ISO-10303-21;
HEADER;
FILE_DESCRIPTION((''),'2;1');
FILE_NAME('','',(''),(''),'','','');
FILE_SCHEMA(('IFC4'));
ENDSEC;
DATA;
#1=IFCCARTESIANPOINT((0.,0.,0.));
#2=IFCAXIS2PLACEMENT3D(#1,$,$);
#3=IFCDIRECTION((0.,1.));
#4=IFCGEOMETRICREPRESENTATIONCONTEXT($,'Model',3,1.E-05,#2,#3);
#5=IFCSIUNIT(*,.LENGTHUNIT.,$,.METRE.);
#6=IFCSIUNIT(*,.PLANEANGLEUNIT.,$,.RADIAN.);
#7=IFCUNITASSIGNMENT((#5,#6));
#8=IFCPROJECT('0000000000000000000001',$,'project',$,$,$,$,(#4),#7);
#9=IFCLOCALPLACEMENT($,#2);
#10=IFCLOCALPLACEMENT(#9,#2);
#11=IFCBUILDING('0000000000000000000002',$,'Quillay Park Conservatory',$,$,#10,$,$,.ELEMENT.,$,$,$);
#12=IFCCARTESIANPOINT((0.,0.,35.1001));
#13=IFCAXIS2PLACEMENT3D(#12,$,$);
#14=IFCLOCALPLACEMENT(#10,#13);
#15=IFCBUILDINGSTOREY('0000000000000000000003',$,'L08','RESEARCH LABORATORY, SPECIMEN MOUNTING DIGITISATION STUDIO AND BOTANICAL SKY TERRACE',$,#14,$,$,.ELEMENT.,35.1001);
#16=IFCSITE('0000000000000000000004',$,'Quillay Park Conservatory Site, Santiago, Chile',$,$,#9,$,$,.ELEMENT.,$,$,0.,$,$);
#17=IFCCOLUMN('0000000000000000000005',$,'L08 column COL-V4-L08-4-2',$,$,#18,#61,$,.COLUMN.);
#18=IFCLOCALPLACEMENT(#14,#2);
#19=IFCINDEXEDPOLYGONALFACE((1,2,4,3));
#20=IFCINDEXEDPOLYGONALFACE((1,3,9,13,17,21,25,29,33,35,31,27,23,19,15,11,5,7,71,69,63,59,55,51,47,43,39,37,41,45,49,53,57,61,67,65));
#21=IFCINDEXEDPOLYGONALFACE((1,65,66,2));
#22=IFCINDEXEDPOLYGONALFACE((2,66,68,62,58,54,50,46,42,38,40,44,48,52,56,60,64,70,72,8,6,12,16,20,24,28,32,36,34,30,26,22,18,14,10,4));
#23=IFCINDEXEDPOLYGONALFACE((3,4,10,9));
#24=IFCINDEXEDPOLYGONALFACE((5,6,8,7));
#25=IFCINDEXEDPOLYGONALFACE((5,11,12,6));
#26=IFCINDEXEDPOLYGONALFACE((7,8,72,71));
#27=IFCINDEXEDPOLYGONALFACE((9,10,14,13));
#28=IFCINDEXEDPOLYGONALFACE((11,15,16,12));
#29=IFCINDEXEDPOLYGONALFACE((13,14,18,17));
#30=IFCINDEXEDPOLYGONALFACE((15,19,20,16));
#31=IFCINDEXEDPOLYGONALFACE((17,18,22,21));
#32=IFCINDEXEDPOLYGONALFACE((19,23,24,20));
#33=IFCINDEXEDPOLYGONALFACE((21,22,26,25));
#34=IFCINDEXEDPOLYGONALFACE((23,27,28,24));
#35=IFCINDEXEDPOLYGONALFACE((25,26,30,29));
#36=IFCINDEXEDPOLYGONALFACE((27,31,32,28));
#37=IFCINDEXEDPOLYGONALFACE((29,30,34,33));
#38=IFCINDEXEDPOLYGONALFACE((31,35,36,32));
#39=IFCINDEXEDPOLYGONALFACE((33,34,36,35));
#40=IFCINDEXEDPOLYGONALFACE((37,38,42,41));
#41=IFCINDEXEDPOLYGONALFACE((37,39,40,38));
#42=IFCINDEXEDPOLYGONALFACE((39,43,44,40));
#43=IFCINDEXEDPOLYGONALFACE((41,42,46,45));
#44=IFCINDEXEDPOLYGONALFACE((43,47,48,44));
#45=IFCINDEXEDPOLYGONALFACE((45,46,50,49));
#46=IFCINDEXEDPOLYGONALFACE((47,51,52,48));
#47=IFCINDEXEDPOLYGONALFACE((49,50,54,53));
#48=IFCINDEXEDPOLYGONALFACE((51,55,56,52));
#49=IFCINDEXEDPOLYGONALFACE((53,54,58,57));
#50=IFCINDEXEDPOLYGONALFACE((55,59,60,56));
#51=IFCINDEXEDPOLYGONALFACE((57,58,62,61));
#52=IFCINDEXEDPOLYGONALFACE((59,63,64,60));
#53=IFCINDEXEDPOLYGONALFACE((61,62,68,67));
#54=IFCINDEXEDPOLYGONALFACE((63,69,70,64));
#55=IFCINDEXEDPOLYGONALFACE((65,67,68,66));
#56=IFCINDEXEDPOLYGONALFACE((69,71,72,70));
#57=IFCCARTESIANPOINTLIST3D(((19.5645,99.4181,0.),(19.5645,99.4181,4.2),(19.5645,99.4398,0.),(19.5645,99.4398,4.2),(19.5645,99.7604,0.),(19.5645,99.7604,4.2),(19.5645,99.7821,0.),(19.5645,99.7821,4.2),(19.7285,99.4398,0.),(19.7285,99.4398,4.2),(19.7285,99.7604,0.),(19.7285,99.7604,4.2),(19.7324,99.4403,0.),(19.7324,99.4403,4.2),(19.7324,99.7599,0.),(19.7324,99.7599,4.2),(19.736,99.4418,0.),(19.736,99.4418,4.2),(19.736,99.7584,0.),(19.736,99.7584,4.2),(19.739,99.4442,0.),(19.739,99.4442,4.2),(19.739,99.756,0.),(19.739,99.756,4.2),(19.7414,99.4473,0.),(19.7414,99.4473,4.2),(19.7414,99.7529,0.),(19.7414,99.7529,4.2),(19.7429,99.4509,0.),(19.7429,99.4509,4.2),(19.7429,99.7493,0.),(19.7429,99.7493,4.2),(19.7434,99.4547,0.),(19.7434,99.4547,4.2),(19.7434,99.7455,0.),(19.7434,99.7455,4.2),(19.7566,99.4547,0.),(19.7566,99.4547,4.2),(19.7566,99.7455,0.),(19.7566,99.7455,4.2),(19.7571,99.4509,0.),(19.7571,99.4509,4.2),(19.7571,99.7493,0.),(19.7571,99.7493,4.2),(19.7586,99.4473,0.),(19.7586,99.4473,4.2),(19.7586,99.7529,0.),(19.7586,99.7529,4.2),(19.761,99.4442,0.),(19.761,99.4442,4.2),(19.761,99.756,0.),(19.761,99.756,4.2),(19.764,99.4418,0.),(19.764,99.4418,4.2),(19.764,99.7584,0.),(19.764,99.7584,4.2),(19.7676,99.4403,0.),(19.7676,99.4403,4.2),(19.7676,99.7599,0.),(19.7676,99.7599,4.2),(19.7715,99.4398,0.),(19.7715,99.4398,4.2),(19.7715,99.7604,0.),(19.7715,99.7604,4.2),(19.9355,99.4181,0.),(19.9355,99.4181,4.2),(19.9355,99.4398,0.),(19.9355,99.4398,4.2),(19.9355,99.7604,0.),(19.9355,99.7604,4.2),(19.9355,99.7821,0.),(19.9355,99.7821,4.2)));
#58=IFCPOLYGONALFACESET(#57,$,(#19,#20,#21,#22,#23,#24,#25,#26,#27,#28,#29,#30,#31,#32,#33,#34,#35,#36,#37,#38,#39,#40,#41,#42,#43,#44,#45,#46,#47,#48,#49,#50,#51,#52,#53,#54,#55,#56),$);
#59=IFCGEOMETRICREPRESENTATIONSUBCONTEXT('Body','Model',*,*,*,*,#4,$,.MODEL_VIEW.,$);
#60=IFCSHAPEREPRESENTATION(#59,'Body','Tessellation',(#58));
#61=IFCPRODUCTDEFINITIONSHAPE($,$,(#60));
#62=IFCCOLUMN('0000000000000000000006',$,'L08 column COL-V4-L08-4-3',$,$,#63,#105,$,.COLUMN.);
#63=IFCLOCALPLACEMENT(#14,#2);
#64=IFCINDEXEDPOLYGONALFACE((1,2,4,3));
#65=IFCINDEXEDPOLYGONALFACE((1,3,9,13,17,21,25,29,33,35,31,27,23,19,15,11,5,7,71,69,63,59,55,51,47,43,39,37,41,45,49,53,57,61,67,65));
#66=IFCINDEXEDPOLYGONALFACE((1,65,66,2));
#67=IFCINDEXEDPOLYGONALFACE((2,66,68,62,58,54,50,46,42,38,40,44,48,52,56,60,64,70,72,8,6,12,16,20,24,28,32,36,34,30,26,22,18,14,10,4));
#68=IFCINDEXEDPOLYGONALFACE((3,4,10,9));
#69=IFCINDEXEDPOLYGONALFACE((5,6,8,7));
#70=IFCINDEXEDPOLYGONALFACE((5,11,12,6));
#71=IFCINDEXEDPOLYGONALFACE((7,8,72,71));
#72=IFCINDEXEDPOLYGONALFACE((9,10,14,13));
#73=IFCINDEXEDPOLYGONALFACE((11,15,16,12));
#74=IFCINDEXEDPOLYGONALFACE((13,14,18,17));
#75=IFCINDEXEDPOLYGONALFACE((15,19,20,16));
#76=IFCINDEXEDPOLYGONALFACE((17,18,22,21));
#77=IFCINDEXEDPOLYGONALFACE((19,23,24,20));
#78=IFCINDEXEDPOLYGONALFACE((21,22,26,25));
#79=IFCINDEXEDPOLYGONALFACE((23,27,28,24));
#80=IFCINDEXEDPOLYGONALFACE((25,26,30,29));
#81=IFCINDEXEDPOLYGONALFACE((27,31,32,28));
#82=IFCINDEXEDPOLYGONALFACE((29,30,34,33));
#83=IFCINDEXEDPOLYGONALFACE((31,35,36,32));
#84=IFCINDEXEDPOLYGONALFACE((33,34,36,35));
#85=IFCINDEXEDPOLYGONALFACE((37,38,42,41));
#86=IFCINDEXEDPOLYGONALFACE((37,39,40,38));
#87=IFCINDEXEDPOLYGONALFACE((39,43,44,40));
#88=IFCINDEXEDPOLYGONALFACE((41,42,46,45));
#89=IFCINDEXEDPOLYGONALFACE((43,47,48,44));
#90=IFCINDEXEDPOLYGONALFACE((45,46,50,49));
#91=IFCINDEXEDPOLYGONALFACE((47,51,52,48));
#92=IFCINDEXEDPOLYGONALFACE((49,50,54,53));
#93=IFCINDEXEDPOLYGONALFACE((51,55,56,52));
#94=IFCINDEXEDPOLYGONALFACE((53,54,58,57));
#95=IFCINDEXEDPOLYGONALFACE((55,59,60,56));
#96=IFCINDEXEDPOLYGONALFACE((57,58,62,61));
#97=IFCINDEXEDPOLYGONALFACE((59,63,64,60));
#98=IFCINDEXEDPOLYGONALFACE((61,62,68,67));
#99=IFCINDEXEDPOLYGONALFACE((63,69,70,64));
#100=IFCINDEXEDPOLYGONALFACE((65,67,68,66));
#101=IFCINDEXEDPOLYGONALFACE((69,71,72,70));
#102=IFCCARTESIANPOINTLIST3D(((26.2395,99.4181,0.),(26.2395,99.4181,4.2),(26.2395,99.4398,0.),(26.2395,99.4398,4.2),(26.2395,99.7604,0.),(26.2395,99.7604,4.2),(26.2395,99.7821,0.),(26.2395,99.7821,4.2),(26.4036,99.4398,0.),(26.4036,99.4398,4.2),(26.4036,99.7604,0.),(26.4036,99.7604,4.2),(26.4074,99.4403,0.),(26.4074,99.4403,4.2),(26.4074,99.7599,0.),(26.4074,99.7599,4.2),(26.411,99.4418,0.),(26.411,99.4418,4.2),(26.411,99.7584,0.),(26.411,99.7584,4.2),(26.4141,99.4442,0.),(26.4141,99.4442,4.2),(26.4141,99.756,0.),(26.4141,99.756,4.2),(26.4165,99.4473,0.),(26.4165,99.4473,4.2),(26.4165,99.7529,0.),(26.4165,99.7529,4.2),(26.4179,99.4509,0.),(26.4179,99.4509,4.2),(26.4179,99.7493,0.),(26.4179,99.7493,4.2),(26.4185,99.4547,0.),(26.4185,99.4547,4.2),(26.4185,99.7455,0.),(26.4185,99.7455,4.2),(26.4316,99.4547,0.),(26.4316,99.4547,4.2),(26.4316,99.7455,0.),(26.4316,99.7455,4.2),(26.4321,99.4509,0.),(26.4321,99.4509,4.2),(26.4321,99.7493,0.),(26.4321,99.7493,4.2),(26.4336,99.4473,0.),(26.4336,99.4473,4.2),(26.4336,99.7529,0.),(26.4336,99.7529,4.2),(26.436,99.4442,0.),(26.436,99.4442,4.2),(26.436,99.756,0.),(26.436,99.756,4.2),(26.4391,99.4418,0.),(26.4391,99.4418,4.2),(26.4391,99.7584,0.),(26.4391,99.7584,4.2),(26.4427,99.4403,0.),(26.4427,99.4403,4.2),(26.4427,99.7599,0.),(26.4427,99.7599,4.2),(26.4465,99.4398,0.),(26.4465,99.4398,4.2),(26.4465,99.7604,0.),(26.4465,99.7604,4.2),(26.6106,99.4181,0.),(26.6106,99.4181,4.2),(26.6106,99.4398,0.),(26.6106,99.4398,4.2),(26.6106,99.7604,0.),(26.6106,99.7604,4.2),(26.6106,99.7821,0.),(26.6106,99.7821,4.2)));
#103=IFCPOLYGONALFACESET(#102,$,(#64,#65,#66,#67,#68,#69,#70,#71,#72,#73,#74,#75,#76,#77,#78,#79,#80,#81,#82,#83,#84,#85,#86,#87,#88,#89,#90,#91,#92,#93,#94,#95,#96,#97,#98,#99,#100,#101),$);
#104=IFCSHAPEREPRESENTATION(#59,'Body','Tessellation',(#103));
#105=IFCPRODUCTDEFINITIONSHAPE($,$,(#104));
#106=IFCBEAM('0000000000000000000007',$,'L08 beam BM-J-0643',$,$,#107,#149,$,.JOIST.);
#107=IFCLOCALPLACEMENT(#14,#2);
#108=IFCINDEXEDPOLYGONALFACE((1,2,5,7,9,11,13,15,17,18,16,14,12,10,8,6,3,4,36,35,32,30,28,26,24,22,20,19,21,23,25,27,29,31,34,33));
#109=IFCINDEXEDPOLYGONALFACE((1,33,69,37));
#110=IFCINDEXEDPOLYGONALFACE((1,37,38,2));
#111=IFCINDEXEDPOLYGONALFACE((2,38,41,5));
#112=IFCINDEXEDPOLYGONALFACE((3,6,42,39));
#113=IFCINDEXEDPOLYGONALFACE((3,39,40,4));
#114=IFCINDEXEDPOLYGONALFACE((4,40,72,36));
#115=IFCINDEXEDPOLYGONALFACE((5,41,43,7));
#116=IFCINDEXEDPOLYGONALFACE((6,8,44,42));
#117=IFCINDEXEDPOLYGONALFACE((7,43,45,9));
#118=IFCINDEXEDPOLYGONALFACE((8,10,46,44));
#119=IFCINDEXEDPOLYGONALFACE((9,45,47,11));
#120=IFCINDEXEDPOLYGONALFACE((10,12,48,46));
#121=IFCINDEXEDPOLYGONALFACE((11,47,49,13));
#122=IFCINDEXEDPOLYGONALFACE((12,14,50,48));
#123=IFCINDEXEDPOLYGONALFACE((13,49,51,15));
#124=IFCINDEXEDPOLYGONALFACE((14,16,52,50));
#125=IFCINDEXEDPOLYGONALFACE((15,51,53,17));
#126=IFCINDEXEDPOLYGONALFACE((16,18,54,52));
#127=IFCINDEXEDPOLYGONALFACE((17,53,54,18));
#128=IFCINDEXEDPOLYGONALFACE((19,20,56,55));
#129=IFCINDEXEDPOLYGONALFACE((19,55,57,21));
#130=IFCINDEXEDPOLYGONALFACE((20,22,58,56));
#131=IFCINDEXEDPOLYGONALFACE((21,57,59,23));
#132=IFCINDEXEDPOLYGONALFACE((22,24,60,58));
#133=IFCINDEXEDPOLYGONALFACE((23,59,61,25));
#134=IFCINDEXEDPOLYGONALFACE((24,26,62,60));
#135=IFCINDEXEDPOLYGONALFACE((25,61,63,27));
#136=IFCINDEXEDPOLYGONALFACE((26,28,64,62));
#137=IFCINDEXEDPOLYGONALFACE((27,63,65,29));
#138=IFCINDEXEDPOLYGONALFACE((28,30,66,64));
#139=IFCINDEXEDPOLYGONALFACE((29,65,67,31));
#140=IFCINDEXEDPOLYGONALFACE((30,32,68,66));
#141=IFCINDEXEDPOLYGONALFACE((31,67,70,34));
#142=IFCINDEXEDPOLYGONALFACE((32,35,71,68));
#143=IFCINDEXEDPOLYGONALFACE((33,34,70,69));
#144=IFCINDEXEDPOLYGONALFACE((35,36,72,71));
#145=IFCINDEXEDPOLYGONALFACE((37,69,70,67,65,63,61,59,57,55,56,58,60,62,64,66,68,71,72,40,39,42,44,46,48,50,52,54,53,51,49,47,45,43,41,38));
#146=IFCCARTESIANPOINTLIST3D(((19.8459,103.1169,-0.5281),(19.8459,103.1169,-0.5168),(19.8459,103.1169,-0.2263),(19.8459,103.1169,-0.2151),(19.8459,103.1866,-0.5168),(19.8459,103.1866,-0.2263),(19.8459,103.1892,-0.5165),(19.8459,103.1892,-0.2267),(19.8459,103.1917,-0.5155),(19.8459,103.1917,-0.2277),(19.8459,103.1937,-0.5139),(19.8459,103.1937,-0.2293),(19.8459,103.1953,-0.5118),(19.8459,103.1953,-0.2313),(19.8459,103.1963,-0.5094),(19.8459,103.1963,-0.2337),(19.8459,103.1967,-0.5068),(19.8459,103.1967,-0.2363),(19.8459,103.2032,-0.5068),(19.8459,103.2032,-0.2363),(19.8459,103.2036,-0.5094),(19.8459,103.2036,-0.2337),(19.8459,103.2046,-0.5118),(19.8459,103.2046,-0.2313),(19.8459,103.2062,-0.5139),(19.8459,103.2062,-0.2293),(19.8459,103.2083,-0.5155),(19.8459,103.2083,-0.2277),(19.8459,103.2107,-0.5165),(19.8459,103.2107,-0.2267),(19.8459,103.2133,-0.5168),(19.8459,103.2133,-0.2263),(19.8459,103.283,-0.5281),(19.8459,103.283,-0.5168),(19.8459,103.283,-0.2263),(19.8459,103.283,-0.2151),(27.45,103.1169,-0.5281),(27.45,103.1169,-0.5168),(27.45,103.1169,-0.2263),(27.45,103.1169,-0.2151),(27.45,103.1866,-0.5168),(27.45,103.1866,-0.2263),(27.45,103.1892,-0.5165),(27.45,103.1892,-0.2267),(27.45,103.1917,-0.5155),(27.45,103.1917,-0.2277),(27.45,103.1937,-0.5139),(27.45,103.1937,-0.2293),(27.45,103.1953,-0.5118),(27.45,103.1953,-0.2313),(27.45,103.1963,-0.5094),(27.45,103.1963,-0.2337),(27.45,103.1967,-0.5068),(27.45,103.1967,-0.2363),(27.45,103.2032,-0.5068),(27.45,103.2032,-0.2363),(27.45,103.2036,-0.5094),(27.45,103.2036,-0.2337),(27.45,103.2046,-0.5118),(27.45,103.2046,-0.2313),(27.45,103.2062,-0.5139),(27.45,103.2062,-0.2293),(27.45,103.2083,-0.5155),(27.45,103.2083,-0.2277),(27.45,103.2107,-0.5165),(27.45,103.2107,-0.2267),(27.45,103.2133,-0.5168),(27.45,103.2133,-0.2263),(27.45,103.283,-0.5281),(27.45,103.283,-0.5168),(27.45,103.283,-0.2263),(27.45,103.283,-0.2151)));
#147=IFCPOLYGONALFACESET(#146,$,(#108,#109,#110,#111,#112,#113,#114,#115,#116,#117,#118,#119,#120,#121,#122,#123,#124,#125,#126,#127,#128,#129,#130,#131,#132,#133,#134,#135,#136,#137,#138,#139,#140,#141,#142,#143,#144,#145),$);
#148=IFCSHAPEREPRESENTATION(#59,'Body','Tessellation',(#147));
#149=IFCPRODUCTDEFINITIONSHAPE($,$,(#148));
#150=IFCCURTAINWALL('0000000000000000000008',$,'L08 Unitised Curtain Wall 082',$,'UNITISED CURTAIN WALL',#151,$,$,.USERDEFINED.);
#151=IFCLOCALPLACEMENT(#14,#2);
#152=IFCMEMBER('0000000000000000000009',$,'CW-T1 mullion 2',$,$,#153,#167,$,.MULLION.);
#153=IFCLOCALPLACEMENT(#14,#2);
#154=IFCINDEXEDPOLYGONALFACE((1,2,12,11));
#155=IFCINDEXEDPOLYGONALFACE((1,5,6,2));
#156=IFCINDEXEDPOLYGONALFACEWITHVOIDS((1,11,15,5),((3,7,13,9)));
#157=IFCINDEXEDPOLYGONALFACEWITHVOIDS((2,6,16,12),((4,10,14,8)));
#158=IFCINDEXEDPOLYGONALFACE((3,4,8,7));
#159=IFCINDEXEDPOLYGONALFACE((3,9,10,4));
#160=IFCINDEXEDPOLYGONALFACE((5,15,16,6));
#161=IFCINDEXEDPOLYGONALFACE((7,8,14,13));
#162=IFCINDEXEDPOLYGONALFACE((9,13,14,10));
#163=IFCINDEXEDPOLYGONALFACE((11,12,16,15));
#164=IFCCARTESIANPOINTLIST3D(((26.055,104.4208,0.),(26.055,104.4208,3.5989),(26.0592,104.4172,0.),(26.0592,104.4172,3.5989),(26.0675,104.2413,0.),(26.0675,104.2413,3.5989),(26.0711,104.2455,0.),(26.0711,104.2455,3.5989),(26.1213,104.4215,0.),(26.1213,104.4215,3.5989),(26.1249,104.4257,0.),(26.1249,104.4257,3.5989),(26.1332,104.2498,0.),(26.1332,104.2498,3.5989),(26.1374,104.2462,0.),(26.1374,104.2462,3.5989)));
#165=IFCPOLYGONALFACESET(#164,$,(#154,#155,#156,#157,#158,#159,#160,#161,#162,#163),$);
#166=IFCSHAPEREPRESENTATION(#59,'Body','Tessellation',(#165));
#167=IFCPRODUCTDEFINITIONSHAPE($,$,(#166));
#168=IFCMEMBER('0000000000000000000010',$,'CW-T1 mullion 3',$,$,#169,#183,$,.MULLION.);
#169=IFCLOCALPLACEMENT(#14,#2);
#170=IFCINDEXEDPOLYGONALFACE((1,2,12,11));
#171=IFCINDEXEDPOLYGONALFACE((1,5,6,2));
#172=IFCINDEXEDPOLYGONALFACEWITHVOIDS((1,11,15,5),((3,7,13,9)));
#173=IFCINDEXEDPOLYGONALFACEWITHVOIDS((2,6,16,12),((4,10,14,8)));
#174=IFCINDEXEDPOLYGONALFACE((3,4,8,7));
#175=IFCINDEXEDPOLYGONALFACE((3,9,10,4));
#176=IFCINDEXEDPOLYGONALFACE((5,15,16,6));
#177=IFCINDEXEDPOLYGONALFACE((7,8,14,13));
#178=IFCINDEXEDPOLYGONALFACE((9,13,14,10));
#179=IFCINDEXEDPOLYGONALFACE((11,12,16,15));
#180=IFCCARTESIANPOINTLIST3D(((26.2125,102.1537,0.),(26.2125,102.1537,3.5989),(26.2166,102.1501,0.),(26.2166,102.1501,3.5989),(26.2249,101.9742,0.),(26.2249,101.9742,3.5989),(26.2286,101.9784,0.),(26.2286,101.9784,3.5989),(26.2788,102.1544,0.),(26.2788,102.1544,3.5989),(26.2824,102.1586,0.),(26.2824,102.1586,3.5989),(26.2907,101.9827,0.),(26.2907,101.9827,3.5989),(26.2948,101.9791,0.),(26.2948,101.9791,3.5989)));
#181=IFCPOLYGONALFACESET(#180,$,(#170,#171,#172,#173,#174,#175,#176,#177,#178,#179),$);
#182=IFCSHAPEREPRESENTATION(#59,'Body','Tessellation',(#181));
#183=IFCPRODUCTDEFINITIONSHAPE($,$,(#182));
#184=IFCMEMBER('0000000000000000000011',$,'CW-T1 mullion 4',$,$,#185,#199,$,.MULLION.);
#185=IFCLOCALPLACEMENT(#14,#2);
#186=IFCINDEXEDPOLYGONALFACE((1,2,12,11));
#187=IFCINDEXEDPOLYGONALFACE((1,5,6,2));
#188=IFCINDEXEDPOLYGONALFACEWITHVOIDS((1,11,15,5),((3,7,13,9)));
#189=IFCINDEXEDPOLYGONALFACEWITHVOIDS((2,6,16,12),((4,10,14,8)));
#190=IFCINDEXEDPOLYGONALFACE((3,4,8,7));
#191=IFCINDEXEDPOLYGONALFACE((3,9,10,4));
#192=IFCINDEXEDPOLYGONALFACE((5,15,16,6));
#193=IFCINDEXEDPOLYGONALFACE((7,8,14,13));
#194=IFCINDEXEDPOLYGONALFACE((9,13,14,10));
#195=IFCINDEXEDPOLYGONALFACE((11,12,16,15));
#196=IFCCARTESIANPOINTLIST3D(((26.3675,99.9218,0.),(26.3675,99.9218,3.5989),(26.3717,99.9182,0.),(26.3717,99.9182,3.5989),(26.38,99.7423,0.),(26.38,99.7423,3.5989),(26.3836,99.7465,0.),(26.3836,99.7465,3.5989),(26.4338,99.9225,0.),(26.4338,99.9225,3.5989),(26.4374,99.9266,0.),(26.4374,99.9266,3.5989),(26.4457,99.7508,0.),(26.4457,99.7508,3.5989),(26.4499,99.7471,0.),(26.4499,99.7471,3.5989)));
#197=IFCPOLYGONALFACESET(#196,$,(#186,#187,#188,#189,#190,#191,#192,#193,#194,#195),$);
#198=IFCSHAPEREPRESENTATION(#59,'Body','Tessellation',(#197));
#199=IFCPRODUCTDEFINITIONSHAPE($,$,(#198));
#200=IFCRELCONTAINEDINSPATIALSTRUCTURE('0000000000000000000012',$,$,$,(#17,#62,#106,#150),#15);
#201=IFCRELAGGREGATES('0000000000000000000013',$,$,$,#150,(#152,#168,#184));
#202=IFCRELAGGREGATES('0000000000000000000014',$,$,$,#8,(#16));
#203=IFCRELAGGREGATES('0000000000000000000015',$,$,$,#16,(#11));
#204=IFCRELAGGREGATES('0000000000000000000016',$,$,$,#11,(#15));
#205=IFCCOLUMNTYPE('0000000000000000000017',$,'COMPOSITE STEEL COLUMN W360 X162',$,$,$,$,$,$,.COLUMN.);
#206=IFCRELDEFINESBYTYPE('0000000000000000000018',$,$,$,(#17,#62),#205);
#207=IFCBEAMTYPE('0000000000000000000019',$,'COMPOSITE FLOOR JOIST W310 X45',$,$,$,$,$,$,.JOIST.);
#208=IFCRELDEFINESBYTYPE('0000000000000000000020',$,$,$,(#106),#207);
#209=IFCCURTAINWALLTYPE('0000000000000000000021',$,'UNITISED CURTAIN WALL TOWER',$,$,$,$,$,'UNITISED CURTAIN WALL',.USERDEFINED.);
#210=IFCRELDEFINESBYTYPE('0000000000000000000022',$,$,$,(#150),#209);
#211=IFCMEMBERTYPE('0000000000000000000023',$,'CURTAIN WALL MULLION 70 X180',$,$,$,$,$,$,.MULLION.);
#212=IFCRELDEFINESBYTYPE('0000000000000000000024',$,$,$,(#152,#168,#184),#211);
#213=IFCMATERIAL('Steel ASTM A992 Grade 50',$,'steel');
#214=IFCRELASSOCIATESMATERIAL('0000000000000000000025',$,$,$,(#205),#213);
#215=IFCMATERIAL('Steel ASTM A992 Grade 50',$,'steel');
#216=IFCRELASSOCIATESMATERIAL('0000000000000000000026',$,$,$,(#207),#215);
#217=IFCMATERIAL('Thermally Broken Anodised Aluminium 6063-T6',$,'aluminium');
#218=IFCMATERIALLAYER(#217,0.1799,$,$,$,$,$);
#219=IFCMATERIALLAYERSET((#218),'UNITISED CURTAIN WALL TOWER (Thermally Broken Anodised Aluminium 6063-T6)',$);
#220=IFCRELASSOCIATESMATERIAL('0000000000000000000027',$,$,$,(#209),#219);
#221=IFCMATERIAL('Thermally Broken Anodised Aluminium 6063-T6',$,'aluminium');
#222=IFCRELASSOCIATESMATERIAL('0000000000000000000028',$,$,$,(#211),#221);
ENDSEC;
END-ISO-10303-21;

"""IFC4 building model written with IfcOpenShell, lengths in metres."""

from ifc_helpers import new_model, si_unit, direction, frame, origin, origin_2d, place, context, subcontext, project, spatial, hollow_rectangle, i_section, extrude, material, layer, layer_set, material_profile, profile_set, type_object, element, aggregate, save


model = new_model("IFC4")

# Units and contexts
model_context = context("Model", 3, precision=1e-05, world=origin(), true_north=direction((0.0, 1.0)))
body_context = subcontext(model_context, "Body", "Model", "MODEL_VIEW")
ifc_project = project(units=[si_unit("LENGTHUNIT", "METRE"), si_unit("PLANEANGLEUNIT", "RADIAN")], contexts=[model_context])

# Site, building, storey
site_placement = place(None, origin())
site = spatial("IfcSite", under=ifc_project, at=site_placement, Name="Quillay Park Conservatory Site, Santiago, Chile", CompositionType="ELEMENT", RefElevation=0.0)
building_placement = place(site_placement, origin())
building = spatial("IfcBuilding", under=site, at=building_placement, Name="Quillay Park Conservatory", CompositionType="ELEMENT")
storey_placement = place(building_placement, frame((0.0, 0.0, 35.1001)))
storey = spatial("IfcBuildingStorey", under=building, at=storey_placement, Name="L08", Description="RESEARCH LABORATORY, SPECIMEN MOUNTING DIGITISATION STUDIO AND BOTANICAL SKY TERRACE", CompositionType="ELEMENT", Elevation=35.1001)

# Columns
ifc_material_1 = material(Name="Steel ASTM A992 Grade 50", Category="steel")
ifc_material_profile_1 = material_profile(ifc_material_1, i_section(OverallWidth=0.3711, OverallDepth=0.364, WebThickness=0.0132, FlangeThickness=0.0217, FilletRadius=0.0149, at=origin_2d()), Name="W360x162")
ifc_profile_set_1 = profile_set([ifc_material_profile_1], Name="Steel ASTM A992 Grade 50")
column_type = type_object("IfcColumnType", Name="COMPOSITE STEEL COLUMN W360 X162", PredefinedType="COLUMN", material=ifc_profile_set_1)
for number, where, z_axis, x_axis, name in (
    (1, (19.75, 99.6001, 0.0), (0.0, 0.0, 1.0), (1.0, 0.0, 0.0), "L08 column COL-V4-L08-4-2"),
    (2, (26.425, 99.6001, 0.0), (0.0, 0.0, 1.0), (1.0, 0.0, 0.0), "L08 column COL-V4-L08-4-3"),
):
    element("IfcColumn", number, at=place(storey_placement, frame(where, z_axis=z_axis, x_axis=x_axis)), inside=storey, type_object=column_type, Name=name, PredefinedType="COLUMN", context=body_context, shape_type="SweptSolid", body=[
        extrude(i_section(OverallWidth=0.3711, OverallDepth=0.364, WebThickness=0.0132, FlangeThickness=0.0217, FilletRadius=0.0149, at=origin_2d()), origin(), (0.0, 0.0, 1.0), 4.2),
    ])

# Beam
ifc_material_2 = material(Name="Steel ASTM A992 Grade 50", Category="steel")
ifc_material_profile_2 = material_profile(ifc_material_2, i_section(OverallWidth=0.166, OverallDepth=0.313, WebThickness=0.0066, FlangeThickness=0.0112, FilletRadius=0.01, at=origin_2d()), Name="W310x45")
ifc_profile_set_2 = profile_set([ifc_material_profile_2], Name="Steel ASTM A992 Grade 50")
beam_type_1 = type_object("IfcBeamType", Name="COMPOSITE FLOOR JOIST W310 X45", PredefinedType="JOIST", material=ifc_profile_set_2)
beam_1_placement = place(storey_placement, frame((19.8459, 103.2, -0.3716), z_axis=(1.0, 0.0, 0.0), x_axis=(0.0, 1.0, 0.0)))
element("IfcBeam", 3, at=beam_1_placement, inside=storey, type_object=beam_type_1, Name="L08 beam BM-J-0643", PredefinedType="JOIST", context=body_context, shape_type="SweptSolid", body=[
    extrude(i_section(OverallWidth=0.166, OverallDepth=0.313, WebThickness=0.0066, FlangeThickness=0.0112, FilletRadius=0.01, at=origin_2d()), origin(), (0.0, 0.0, 1.0), 7.604),
])

# Curtain wall, members
ifc_material_3 = material(Name="Thermally Broken Anodised Aluminium 6063-T6", Category="aluminium")
ifc_layer_1 = layer(ifc_material_3, 0.1799)
ifc_layer_set_1 = layer_set([ifc_layer_1], Name="UNITISED CURTAIN WALL TOWER (Thermally Broken Anodised Aluminium 6063-T6)")
curtain_wall_type = type_object("IfcCurtainWallType", Name="UNITISED CURTAIN WALL TOWER", ElementType="UNITISED CURTAIN WALL", PredefinedType="USERDEFINED", material=ifc_layer_set_1)
curtain_wall_placement = place(storey_placement, origin())
curtain_wall = element("IfcCurtainWall", 4, at=curtain_wall_placement, inside=storey, type_object=curtain_wall_type, Name="L08 Unitised Curtain Wall 082", ObjectType="UNITISED CURTAIN WALL", PredefinedType="USERDEFINED")
ifc_material_4 = material(Name="Thermally Broken Anodised Aluminium 6063-T6", Category="aluminium")
ifc_material_profile_3 = material_profile(ifc_material_4, hollow_rectangle(XDim=0.0701, YDim=0.1799, WallThickness=0.0039, at=origin_2d()), Name="AL70x180x4")
ifc_profile_set_3 = profile_set([ifc_material_profile_3], Name="Thermally Broken Anodised Aluminium 6063-T6")
member_type_1 = type_object("IfcMemberType", Name="CURTAIN WALL MULLION 70 X180", PredefinedType="MULLION", material=ifc_profile_set_3)
member_1_placement = place(storey_placement, frame((26.0962, 104.3335, 0.0), z_axis=(0.0, 0.0, 1.0), x_axis=(0.997598, 0.069264, 0.0)))
member_1 = element("IfcMember", 5, at=member_1_placement, type_object=member_type_1, Name="CW-T1 mullion 2", PredefinedType="MULLION", context=body_context, shape_type="SweptSolid", body=[
    extrude(hollow_rectangle(XDim=0.0701, YDim=0.1799, WallThickness=0.0039, at=origin_2d()), origin(), (0.0, 0.0, 1.0), 3.5989),
])
member_2_placement = place(storey_placement, frame((26.2537, 102.0664, 0.0), z_axis=(0.0, 0.0, 1.0), x_axis=(0.997598, 0.069264, 0.0)))
member_2 = element("IfcMember", 6, at=member_2_placement, type_object=member_type_1, Name="CW-T1 mullion 3", PredefinedType="MULLION", context=body_context, shape_type="SweptSolid", body=[
    extrude(hollow_rectangle(XDim=0.0701, YDim=0.1799, WallThickness=0.0039, at=origin_2d()), origin(), (0.0, 0.0, 1.0), 3.5989),
])
member_3_placement = place(storey_placement, frame((26.4087, 99.8345, 0.0), z_axis=(0.0, 0.0, 1.0), x_axis=(0.997598, 0.069264, 0.0)))
member_3 = element("IfcMember", 7, at=member_3_placement, type_object=member_type_1, Name="CW-T1 mullion 4", PredefinedType="MULLION", context=body_context, shape_type="SweptSolid", body=[
    extrude(hollow_rectangle(XDim=0.0701, YDim=0.1799, WallThickness=0.0039, at=origin_2d()), origin(), (0.0, 0.0, 1.0), 3.5989),
])

aggregate(curtain_wall, [member_1, member_2, member_3])

save(model, "model.ifc")
